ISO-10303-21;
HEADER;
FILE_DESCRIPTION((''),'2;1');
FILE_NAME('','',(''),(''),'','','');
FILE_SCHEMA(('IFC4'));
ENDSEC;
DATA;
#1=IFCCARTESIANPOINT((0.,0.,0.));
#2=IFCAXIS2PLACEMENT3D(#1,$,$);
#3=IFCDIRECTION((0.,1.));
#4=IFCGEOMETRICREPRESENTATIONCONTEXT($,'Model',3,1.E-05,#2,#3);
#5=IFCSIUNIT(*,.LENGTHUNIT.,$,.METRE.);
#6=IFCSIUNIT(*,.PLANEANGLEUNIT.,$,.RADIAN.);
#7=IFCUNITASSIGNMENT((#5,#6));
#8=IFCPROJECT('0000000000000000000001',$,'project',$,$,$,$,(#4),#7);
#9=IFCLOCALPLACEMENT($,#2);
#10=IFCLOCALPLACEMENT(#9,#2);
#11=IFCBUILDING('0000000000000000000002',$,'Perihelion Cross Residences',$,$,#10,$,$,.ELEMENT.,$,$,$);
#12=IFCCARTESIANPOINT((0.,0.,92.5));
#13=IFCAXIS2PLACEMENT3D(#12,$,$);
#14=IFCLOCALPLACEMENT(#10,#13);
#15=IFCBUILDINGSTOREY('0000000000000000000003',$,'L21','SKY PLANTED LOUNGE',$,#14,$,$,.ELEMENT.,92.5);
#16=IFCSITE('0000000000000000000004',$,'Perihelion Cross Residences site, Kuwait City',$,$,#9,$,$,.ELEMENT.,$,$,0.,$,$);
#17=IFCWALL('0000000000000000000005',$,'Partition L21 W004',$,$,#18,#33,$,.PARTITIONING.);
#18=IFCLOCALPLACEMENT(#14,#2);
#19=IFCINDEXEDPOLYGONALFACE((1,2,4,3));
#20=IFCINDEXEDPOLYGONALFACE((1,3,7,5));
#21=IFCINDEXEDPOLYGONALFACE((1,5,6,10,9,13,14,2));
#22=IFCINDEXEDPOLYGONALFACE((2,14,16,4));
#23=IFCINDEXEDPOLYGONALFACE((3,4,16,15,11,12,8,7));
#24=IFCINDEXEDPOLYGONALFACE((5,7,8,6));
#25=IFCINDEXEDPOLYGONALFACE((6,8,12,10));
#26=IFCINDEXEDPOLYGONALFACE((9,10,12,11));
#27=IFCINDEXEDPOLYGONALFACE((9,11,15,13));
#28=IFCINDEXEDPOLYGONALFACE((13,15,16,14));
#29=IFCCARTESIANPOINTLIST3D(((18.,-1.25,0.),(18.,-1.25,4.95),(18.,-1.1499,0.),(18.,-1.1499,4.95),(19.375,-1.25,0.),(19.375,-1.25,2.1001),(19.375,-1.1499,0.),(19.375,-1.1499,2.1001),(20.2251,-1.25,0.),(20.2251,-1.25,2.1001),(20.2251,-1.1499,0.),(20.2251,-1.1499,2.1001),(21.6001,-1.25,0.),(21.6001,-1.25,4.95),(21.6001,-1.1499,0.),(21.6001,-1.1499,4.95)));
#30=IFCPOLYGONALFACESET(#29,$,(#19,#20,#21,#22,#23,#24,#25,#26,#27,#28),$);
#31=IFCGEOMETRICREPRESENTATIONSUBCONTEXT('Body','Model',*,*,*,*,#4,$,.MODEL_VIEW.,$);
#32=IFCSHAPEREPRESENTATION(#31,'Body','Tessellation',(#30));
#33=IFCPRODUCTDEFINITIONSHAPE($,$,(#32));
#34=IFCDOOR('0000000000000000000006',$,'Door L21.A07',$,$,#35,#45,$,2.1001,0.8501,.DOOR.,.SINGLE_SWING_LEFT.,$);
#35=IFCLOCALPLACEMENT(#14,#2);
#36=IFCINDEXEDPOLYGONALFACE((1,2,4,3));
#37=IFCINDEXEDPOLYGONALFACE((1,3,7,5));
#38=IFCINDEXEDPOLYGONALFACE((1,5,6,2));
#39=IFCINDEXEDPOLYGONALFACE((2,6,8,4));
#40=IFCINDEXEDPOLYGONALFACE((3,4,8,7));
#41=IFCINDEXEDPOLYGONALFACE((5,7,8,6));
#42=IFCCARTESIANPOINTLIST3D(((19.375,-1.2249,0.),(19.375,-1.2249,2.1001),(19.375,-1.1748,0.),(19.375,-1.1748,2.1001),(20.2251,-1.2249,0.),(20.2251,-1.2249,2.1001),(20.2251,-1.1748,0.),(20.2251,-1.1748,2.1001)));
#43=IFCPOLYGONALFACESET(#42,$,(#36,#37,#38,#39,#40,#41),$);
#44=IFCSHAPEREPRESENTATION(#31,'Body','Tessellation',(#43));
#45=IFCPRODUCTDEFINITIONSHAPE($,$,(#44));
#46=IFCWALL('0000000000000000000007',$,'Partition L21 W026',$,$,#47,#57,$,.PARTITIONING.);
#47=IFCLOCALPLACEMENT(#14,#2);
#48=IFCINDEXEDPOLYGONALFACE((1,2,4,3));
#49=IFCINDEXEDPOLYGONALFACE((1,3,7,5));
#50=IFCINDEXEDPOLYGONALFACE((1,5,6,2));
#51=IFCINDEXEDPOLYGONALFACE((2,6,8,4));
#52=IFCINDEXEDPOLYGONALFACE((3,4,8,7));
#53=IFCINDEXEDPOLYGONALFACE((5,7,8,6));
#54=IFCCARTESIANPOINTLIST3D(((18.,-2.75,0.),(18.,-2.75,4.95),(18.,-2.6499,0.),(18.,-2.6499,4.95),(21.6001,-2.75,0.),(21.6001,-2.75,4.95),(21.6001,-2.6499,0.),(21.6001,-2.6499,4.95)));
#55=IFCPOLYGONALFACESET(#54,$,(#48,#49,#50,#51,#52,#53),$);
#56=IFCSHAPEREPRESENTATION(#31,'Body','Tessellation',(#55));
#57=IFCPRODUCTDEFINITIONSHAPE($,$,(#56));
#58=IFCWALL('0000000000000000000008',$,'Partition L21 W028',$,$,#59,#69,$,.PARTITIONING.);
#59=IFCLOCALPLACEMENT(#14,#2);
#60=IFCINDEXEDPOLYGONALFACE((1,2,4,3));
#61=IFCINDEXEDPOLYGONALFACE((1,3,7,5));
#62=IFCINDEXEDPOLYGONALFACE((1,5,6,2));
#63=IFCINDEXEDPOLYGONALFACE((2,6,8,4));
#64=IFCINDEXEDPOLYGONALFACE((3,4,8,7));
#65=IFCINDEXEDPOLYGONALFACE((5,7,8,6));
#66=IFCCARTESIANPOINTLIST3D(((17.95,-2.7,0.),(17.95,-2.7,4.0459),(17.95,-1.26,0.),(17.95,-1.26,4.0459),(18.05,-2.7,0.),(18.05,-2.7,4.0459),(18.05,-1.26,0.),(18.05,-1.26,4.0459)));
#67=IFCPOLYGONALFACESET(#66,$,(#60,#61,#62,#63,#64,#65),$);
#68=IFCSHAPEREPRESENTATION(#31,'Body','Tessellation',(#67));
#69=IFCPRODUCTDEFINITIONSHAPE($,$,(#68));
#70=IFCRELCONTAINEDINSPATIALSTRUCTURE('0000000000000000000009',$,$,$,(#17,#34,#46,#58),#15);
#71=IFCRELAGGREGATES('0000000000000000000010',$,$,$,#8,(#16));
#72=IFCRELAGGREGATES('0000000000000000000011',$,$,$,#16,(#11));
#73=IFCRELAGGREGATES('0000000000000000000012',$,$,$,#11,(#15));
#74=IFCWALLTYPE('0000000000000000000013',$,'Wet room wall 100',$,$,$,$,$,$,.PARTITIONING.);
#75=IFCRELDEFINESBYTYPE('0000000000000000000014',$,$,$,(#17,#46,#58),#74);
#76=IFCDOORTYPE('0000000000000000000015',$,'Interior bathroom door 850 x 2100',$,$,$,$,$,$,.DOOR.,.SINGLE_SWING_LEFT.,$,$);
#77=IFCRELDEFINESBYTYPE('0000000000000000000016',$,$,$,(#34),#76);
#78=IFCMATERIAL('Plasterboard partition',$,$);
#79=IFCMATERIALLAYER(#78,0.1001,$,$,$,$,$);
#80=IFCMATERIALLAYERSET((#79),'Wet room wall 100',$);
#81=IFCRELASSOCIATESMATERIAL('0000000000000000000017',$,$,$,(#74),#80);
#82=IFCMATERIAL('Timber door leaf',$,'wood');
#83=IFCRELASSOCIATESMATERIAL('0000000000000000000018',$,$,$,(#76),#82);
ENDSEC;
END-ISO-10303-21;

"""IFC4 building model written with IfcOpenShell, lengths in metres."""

from ifc_helpers import new_model, si_unit, direction, frame, frame_2d, origin, place, context, subcontext, project, spatial, rectangle, extrude, material, layer, layer_set, type_object, element, fill, save


model = new_model("IFC4")

# Units and contexts
model_context = context("Model", 3, precision=1e-05, world=origin(), true_north=direction((0.0, 1.0)))
body_context = subcontext(model_context, "Body", "Model", "MODEL_VIEW")
ifc_project = project(units=[si_unit("LENGTHUNIT", "METRE"), si_unit("PLANEANGLEUNIT", "RADIAN")], contexts=[model_context])

# Site, building, storey
site_placement = place(None, origin())
site = spatial("IfcSite", under=ifc_project, at=site_placement, Name="Perihelion Cross Residences site, Kuwait City", CompositionType="ELEMENT", RefElevation=0.0)
building_placement = place(site_placement, origin())
building = spatial("IfcBuilding", under=site, at=building_placement, Name="Perihelion Cross Residences", CompositionType="ELEMENT")
storey_placement = place(building_placement, frame((0.0, 0.0, 92.5)))
storey = spatial("IfcBuildingStorey", under=building, at=storey_placement, Name="L21", Description="SKY PLANTED LOUNGE", CompositionType="ELEMENT", Elevation=92.5)

# Wall, opening, door
ifc_material_1 = material(Name="Plasterboard partition")
ifc_layer_1 = layer(ifc_material_1, 0.1001)
ifc_layer_set_1 = layer_set([ifc_layer_1], Name="Wet room wall 100")
wall_type_1 = type_object("IfcWallType", Name="Wet room wall 100", PredefinedType="PARTITIONING", material=ifc_layer_set_1)
wall_1_placement = place(storey_placement, frame((21.6001, -1.2, 0.0), z_axis=(0.0, 0.0, 1.0), x_axis=(-1.0, 0.0, 0.0)))
wall_1 = element("IfcWall", 1, at=wall_1_placement, inside=storey, type_object=wall_type_1, Name="Partition L21 W004", PredefinedType="PARTITIONING", context=body_context, shape_type="SweptSolid", body=[
    extrude(rectangle(XDim=3.6001, YDim=0.1001, at=frame_2d((1.8, 0.0))), origin(), (0.0, 0.0, 1.0), 4.95),
])
opening_1_placement = place(wall_1_placement, frame((1.375, 0.0, 0.0)))
opening_1 = element("IfcOpeningElement", 2, at=opening_1_placement, cuts=wall_1, PredefinedType="OPENING", context=body_context, shape_type="SweptSolid", body=[
    extrude(rectangle(XDim=0.8501, YDim=2.1001, at=frame_2d((0.425, 1.05))), frame((0.0, 0.0601, 0.0), z_axis=(0.0, -1.0, 0.0), x_axis=(1.0, 0.0, 0.0)), (0.0, 0.0, 1.0), 0.1201),
])
ifc_material_2 = material(Name="Timber door leaf", Category="wood")
door_type_1 = type_object("IfcDoorType", Name="Interior bathroom door 850 x 2100", OperationType="SINGLE_SWING_LEFT", PredefinedType="DOOR", material=ifc_material_2)
door_1_placement = place(opening_1_placement, origin())
door_1 = element("IfcDoor", 3, at=door_1_placement, inside=storey, type_object=door_type_1, Name="Door L21.A07", OperationType="SINGLE_SWING_LEFT", OverallHeight=2.1001, OverallWidth=0.8501, PredefinedType="DOOR", context=body_context, shape_type="SweptSolid", body=[
    extrude(rectangle(XDim=0.8501, YDim=2.1001, at=frame_2d((0.425, 1.05))), frame((0.0, 0.0249, 0.0), z_axis=(0.0, -1.0, 0.0), x_axis=(1.0, 0.0, 0.0)), (0.0, 0.0, 1.0), 0.05),
])
fill(opening_1, door_1)

# Walls
wall_2_placement = place(storey_placement, frame((18.0, -2.7, 0.0), z_axis=(0.0, 0.0, 1.0), x_axis=(1.0, 0.0, 0.0)))
element("IfcWall", 4, at=wall_2_placement, inside=storey, type_object=wall_type_1, Name="Partition L21 W026", PredefinedType="PARTITIONING", context=body_context, shape_type="SweptSolid", body=[
    extrude(rectangle(XDim=3.6001, YDim=0.1001, at=frame_2d((1.8, 0.0))), origin(), (0.0, 0.0, 1.0), 4.95),
])
wall_3_placement = place(storey_placement, frame((18.0, -1.26, 0.0), z_axis=(0.0, 0.0, 1.0), x_axis=(0.0, -1.0, 0.0)))
element("IfcWall", 5, at=wall_3_placement, inside=storey, type_object=wall_type_1, Name="Partition L21 W028", PredefinedType="PARTITIONING", context=body_context, shape_type="SweptSolid", body=[
    extrude(rectangle(XDim=1.4399, YDim=0.1001, at=frame_2d((0.72, 0.0))), origin(), (0.0, 0.0, 1.0), 4.0459),
])

save(model, "model.ifc")
